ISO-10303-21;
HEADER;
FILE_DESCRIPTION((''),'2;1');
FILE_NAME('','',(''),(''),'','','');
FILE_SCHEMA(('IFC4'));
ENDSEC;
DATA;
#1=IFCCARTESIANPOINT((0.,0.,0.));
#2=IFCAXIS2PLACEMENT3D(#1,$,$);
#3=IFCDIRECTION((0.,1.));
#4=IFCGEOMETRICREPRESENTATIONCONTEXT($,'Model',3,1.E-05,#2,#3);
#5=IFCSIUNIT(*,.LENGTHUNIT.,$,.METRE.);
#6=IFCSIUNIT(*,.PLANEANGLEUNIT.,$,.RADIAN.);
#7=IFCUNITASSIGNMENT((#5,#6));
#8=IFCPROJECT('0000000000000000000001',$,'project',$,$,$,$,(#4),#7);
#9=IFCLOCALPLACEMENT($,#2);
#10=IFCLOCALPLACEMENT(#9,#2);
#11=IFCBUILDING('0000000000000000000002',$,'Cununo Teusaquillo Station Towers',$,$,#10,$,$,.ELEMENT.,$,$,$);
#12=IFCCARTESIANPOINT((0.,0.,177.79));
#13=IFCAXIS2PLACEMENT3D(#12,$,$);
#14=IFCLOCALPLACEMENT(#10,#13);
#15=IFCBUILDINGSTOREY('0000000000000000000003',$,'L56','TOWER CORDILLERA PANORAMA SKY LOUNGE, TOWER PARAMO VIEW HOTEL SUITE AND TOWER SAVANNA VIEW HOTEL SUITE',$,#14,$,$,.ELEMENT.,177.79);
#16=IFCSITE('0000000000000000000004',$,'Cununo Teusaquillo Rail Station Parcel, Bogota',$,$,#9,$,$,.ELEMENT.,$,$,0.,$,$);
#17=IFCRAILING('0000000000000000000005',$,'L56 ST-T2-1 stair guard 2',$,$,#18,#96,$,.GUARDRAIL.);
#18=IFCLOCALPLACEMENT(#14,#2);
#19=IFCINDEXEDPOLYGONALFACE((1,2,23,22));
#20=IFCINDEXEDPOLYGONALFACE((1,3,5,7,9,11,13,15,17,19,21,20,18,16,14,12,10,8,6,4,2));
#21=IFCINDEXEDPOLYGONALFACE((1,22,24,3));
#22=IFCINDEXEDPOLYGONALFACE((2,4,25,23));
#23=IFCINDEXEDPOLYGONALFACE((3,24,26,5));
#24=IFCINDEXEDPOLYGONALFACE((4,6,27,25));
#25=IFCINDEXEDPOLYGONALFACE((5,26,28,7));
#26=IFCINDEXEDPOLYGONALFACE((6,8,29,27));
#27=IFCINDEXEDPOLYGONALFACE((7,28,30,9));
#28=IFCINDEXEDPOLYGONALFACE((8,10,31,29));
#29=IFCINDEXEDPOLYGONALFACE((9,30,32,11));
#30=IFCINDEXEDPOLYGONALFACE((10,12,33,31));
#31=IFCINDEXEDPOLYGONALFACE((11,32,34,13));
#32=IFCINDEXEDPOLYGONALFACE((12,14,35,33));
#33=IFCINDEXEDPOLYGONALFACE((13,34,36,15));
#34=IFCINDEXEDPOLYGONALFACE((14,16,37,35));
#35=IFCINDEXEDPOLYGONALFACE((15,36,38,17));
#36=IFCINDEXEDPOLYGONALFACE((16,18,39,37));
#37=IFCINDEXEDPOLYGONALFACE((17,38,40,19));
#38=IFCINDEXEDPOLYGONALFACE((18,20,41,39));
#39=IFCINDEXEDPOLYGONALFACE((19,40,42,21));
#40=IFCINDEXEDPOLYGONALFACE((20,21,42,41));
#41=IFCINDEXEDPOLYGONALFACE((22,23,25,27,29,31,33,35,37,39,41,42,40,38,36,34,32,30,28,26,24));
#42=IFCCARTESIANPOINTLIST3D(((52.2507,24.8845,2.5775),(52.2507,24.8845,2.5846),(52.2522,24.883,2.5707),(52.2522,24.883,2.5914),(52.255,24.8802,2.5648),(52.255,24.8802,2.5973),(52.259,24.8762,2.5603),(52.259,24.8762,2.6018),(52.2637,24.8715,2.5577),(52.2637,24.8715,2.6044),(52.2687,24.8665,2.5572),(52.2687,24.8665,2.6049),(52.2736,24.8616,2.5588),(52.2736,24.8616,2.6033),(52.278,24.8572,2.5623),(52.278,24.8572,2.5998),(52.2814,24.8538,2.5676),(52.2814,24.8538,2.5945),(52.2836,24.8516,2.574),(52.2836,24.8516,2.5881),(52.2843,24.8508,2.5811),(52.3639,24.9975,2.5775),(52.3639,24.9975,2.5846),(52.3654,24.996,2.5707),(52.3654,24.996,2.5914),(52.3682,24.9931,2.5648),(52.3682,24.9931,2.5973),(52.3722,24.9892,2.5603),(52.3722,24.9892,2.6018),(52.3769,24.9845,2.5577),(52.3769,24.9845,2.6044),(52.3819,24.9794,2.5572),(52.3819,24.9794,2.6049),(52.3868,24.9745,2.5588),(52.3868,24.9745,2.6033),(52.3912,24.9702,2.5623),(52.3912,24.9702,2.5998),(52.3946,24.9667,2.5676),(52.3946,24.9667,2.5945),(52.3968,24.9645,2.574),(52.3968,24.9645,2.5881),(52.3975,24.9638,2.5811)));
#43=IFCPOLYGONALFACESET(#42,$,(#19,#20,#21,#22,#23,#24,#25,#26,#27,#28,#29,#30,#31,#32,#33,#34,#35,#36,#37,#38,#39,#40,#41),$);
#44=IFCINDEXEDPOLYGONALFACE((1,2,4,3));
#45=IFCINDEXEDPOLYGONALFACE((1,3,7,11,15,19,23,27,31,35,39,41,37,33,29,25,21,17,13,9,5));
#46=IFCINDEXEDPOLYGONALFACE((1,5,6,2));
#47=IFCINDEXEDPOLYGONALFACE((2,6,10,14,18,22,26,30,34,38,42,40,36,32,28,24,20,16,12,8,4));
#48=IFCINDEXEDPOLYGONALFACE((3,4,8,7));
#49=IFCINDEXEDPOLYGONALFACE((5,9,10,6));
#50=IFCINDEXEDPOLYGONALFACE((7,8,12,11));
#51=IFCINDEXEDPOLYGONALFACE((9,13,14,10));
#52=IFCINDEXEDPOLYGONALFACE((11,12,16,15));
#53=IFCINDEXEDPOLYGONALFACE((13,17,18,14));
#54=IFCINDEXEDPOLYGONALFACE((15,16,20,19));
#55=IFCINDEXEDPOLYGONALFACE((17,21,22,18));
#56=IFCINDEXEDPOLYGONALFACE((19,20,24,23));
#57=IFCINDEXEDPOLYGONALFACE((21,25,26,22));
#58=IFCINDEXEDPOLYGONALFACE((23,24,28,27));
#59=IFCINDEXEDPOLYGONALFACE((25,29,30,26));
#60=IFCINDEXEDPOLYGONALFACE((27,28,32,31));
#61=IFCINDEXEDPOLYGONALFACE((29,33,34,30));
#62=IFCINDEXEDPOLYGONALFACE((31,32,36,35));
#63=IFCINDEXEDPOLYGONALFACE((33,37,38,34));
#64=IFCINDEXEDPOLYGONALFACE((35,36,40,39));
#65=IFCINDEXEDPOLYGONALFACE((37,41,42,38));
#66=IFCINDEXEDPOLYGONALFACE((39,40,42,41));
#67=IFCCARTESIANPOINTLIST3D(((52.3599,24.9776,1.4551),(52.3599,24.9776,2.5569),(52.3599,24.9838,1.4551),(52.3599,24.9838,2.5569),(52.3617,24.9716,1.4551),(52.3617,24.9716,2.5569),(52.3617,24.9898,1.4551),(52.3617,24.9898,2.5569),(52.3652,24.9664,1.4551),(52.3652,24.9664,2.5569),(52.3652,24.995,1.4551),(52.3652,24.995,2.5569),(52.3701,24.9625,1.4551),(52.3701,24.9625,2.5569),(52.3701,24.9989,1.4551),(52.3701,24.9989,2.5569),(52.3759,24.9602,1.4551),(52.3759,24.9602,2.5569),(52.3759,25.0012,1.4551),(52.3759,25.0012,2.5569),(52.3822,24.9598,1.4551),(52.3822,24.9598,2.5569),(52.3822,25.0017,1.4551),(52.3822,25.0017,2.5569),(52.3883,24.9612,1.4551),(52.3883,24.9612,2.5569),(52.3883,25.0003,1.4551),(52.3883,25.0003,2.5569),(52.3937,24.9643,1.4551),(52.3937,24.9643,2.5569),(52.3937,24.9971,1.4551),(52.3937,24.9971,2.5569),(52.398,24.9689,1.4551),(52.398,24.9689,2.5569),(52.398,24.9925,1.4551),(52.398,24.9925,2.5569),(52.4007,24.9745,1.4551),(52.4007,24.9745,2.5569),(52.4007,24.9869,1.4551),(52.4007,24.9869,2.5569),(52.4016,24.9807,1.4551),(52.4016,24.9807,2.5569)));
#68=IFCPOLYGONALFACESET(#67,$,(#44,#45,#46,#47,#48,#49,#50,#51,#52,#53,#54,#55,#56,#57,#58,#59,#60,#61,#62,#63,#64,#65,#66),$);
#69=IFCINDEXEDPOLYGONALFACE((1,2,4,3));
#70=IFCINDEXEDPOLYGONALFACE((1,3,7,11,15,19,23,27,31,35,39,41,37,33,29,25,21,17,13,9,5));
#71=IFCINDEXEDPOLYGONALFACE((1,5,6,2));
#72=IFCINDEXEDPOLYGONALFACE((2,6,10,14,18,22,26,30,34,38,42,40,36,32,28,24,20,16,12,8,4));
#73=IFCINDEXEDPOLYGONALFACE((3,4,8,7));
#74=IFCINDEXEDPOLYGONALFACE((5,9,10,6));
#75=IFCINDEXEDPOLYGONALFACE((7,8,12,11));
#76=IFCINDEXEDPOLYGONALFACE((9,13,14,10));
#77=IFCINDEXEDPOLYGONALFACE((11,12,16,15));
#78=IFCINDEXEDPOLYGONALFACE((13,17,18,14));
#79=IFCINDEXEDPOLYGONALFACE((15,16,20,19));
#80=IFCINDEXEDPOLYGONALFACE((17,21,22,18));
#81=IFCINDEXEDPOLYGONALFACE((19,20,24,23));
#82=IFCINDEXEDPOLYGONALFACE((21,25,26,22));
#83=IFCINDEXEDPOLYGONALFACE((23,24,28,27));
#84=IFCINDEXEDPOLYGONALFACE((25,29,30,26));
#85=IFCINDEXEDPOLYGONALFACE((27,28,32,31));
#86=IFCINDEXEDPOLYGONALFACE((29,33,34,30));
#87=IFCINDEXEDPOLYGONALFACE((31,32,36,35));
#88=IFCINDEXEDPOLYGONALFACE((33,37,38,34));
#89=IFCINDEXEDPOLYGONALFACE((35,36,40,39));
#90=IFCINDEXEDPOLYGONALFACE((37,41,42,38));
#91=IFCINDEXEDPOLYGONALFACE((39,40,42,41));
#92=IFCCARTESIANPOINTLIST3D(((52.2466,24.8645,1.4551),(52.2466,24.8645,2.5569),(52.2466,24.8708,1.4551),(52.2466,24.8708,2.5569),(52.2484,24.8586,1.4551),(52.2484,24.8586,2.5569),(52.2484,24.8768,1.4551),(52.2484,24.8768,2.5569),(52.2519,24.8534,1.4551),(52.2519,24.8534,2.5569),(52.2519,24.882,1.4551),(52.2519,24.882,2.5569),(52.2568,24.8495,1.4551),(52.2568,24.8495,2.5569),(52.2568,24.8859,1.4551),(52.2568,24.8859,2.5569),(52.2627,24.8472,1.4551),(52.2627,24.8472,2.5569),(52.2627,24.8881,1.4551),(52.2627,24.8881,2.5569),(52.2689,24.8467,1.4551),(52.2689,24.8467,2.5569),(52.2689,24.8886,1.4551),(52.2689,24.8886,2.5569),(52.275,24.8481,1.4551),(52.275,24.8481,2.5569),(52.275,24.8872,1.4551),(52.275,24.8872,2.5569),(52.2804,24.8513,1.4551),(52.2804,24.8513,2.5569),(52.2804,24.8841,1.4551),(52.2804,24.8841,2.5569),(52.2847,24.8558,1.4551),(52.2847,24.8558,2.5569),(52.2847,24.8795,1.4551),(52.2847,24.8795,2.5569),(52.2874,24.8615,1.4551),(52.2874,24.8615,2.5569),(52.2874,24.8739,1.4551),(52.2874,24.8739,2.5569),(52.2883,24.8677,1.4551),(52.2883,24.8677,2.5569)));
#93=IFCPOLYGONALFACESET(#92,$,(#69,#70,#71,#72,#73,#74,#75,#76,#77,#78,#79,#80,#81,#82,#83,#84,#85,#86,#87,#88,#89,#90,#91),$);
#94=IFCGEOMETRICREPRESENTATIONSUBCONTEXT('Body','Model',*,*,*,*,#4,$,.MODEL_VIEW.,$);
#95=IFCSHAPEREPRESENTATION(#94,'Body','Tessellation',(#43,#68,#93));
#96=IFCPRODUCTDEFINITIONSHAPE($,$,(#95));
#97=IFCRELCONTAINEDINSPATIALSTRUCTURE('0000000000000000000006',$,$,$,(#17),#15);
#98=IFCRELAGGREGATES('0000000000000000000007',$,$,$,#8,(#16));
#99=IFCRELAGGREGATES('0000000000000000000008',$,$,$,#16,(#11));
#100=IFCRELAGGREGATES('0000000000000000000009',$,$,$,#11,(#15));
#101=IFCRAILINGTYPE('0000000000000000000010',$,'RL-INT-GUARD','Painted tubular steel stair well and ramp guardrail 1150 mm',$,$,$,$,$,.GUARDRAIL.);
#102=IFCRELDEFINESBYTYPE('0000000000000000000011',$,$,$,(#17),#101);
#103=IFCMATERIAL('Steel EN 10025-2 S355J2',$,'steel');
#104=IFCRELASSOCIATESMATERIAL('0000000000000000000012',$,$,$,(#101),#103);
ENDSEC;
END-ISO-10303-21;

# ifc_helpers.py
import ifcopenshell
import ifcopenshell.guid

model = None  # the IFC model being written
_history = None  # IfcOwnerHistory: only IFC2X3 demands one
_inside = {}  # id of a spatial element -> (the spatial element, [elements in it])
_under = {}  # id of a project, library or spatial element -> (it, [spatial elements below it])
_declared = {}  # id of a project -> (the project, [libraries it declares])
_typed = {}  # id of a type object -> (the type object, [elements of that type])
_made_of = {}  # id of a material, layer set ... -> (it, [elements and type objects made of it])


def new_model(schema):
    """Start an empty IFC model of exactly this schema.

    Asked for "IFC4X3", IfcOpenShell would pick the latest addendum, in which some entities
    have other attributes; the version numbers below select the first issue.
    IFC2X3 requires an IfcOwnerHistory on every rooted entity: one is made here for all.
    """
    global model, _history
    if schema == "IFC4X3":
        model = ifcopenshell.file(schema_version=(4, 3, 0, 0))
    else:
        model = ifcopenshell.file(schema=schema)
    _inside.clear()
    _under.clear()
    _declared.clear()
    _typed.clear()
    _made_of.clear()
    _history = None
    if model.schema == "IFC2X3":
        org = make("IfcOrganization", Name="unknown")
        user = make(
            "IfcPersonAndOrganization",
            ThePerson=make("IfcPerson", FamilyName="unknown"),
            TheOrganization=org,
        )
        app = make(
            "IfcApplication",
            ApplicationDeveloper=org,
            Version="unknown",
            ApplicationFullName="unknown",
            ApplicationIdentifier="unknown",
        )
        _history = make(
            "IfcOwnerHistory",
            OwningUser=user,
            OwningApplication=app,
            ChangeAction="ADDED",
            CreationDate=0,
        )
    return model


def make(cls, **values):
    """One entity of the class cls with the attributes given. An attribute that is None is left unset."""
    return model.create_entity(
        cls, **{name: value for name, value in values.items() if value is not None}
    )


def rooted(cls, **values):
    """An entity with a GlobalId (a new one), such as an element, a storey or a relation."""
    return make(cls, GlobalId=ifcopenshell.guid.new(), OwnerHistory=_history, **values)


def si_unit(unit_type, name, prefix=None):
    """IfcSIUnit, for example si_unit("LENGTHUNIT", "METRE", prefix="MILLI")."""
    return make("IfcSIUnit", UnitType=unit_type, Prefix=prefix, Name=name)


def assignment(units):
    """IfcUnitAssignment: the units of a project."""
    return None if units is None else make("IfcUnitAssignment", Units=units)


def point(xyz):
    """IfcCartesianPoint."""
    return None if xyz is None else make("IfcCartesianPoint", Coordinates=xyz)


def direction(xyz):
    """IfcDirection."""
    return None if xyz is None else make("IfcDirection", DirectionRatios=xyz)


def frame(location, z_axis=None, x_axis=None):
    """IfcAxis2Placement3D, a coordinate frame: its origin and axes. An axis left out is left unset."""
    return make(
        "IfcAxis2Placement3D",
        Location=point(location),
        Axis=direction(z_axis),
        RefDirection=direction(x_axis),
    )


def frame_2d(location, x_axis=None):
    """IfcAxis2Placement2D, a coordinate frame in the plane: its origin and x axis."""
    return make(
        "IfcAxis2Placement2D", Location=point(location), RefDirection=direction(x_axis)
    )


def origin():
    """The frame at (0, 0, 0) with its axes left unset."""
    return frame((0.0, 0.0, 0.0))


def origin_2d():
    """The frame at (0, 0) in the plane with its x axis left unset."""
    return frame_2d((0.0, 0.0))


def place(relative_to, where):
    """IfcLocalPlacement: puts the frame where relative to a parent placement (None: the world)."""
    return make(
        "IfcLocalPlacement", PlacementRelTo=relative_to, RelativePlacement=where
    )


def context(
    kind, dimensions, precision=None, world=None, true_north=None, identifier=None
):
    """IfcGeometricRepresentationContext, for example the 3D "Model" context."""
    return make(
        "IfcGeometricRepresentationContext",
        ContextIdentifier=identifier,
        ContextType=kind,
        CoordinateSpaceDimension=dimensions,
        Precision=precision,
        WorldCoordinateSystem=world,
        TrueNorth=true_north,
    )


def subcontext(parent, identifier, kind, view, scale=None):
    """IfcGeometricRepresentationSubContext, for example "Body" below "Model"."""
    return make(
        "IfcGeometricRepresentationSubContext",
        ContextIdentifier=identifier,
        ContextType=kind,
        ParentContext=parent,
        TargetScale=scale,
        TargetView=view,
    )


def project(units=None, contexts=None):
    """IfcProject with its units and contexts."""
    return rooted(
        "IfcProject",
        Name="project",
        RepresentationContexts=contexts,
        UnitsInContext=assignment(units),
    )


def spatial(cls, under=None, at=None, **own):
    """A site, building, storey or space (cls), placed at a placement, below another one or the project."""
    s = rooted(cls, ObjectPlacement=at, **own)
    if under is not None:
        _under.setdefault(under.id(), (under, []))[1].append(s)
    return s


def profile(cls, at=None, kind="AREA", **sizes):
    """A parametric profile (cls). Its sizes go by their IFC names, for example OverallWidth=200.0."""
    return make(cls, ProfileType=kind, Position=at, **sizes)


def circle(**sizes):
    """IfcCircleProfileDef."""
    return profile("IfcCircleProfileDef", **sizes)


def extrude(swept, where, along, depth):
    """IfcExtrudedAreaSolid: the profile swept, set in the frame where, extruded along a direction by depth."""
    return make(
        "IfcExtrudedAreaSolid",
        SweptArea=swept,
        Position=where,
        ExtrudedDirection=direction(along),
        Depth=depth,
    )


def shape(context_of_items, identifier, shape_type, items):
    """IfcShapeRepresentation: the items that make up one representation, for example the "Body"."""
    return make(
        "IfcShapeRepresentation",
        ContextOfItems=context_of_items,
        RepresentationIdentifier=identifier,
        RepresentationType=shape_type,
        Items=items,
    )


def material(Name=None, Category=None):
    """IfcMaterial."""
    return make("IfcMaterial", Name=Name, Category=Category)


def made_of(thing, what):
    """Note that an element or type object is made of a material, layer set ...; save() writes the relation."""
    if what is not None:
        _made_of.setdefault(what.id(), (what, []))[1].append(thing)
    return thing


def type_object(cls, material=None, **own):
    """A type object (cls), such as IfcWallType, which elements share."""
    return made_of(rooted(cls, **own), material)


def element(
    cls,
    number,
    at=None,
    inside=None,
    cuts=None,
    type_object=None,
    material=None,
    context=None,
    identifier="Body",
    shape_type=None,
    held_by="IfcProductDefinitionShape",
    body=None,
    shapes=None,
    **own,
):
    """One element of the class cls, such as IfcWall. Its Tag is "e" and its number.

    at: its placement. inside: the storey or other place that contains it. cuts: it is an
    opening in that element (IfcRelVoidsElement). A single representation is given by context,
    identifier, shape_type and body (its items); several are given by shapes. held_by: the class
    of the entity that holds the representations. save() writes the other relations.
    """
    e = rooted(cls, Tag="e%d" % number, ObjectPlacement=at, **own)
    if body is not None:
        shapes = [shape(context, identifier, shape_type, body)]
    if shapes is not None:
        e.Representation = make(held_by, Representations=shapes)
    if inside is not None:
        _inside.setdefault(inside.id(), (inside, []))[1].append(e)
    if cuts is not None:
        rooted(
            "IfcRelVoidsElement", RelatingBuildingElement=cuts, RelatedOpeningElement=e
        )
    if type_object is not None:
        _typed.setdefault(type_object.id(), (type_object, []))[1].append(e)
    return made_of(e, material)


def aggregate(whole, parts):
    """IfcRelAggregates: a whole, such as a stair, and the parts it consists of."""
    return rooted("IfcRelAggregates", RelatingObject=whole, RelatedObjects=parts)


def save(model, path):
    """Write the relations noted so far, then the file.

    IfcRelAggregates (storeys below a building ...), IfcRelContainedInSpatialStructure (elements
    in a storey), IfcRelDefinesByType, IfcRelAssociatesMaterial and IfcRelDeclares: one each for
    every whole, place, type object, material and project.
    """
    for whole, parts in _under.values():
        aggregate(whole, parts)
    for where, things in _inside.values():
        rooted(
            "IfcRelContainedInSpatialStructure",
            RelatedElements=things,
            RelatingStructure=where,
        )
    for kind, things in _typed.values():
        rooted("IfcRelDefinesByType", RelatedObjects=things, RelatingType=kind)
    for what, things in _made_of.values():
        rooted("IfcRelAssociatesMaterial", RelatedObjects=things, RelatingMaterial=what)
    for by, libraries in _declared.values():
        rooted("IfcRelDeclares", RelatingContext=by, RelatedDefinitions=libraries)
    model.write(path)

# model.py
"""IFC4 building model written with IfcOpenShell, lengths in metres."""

from ifc_helpers import new_model, si_unit, direction, frame, origin, origin_2d, place, context, subcontext, project, spatial, circle, extrude, material, type_object, element, save


model = new_model("IFC4")

# Units and contexts
model_context = context("Model", 3, precision=1e-05, world=origin(), true_north=direction((0.0, 1.0)))
body_context = subcontext(model_context, "Body", "Model", "MODEL_VIEW")
ifc_project = project(units=[si_unit("LENGTHUNIT", "METRE"), si_unit("PLANEANGLEUNIT", "RADIAN")], contexts=[model_context])

# Site, building, storey
site_placement = place(None, origin())
site = spatial("IfcSite", under=ifc_project, at=site_placement, Name="Cununo Teusaquillo Rail Station Parcel, Bogota", CompositionType="ELEMENT", RefElevation=0.0)
building_placement = place(site_placement, origin())
building = spatial("IfcBuilding", under=site, at=building_placement, Name="Cununo Teusaquillo Station Towers", CompositionType="ELEMENT")
storey_placement = place(building_placement, frame((0.0, 0.0, 177.79)))
storey = spatial("IfcBuildingStorey", under=building, at=storey_placement, Name="L56", Description="TOWER CORDILLERA PANORAMA SKY LOUNGE, TOWER PARAMO VIEW HOTEL SUITE AND TOWER SAVANNA VIEW HOTEL SUITE", CompositionType="ELEMENT", Elevation=177.79)

# Railing
ifc_material_1 = material(Name="Steel EN 10025-2 S355J2", Category="steel")
railing_type_1 = type_object("IfcRailingType", Name="RL-INT-GUARD", Description="Painted tubular steel stair well and ramp guardrail 1150 mm", PredefinedType="GUARDRAIL", material=ifc_material_1)
railing_1_placement = place(storey_placement, frame((52.3806, 24.9807, 1.4551)))
element("IfcRailing", 1, at=railing_1_placement, inside=storey, type_object=railing_type_1, Name="L56 ST-T2-1 stair guard 2", PredefinedType="GUARDRAIL", context=body_context, shape_type="SweptSolid", body=[
    extrude(circle(Radius=0.0239, at=origin_2d()), frame((0.0, 0.0, 1.126), z_axis=(-0.707869, -0.706344, 0.0), x_axis=(0.706344, -0.707869, 0.0)), (0.0, 0.0, 1.0), 0.1599),
    extrude(circle(Radius=0.021, at=origin_2d()), origin(), (0.0, 0.0, 1.0), 1.1018),
    extrude(circle(Radius=0.021, at=origin_2d()), frame((-0.1133, -0.113, 0.0)), (0.0, 0.0, 1.0), 1.1018),
])

save(model, "model.ifc")
